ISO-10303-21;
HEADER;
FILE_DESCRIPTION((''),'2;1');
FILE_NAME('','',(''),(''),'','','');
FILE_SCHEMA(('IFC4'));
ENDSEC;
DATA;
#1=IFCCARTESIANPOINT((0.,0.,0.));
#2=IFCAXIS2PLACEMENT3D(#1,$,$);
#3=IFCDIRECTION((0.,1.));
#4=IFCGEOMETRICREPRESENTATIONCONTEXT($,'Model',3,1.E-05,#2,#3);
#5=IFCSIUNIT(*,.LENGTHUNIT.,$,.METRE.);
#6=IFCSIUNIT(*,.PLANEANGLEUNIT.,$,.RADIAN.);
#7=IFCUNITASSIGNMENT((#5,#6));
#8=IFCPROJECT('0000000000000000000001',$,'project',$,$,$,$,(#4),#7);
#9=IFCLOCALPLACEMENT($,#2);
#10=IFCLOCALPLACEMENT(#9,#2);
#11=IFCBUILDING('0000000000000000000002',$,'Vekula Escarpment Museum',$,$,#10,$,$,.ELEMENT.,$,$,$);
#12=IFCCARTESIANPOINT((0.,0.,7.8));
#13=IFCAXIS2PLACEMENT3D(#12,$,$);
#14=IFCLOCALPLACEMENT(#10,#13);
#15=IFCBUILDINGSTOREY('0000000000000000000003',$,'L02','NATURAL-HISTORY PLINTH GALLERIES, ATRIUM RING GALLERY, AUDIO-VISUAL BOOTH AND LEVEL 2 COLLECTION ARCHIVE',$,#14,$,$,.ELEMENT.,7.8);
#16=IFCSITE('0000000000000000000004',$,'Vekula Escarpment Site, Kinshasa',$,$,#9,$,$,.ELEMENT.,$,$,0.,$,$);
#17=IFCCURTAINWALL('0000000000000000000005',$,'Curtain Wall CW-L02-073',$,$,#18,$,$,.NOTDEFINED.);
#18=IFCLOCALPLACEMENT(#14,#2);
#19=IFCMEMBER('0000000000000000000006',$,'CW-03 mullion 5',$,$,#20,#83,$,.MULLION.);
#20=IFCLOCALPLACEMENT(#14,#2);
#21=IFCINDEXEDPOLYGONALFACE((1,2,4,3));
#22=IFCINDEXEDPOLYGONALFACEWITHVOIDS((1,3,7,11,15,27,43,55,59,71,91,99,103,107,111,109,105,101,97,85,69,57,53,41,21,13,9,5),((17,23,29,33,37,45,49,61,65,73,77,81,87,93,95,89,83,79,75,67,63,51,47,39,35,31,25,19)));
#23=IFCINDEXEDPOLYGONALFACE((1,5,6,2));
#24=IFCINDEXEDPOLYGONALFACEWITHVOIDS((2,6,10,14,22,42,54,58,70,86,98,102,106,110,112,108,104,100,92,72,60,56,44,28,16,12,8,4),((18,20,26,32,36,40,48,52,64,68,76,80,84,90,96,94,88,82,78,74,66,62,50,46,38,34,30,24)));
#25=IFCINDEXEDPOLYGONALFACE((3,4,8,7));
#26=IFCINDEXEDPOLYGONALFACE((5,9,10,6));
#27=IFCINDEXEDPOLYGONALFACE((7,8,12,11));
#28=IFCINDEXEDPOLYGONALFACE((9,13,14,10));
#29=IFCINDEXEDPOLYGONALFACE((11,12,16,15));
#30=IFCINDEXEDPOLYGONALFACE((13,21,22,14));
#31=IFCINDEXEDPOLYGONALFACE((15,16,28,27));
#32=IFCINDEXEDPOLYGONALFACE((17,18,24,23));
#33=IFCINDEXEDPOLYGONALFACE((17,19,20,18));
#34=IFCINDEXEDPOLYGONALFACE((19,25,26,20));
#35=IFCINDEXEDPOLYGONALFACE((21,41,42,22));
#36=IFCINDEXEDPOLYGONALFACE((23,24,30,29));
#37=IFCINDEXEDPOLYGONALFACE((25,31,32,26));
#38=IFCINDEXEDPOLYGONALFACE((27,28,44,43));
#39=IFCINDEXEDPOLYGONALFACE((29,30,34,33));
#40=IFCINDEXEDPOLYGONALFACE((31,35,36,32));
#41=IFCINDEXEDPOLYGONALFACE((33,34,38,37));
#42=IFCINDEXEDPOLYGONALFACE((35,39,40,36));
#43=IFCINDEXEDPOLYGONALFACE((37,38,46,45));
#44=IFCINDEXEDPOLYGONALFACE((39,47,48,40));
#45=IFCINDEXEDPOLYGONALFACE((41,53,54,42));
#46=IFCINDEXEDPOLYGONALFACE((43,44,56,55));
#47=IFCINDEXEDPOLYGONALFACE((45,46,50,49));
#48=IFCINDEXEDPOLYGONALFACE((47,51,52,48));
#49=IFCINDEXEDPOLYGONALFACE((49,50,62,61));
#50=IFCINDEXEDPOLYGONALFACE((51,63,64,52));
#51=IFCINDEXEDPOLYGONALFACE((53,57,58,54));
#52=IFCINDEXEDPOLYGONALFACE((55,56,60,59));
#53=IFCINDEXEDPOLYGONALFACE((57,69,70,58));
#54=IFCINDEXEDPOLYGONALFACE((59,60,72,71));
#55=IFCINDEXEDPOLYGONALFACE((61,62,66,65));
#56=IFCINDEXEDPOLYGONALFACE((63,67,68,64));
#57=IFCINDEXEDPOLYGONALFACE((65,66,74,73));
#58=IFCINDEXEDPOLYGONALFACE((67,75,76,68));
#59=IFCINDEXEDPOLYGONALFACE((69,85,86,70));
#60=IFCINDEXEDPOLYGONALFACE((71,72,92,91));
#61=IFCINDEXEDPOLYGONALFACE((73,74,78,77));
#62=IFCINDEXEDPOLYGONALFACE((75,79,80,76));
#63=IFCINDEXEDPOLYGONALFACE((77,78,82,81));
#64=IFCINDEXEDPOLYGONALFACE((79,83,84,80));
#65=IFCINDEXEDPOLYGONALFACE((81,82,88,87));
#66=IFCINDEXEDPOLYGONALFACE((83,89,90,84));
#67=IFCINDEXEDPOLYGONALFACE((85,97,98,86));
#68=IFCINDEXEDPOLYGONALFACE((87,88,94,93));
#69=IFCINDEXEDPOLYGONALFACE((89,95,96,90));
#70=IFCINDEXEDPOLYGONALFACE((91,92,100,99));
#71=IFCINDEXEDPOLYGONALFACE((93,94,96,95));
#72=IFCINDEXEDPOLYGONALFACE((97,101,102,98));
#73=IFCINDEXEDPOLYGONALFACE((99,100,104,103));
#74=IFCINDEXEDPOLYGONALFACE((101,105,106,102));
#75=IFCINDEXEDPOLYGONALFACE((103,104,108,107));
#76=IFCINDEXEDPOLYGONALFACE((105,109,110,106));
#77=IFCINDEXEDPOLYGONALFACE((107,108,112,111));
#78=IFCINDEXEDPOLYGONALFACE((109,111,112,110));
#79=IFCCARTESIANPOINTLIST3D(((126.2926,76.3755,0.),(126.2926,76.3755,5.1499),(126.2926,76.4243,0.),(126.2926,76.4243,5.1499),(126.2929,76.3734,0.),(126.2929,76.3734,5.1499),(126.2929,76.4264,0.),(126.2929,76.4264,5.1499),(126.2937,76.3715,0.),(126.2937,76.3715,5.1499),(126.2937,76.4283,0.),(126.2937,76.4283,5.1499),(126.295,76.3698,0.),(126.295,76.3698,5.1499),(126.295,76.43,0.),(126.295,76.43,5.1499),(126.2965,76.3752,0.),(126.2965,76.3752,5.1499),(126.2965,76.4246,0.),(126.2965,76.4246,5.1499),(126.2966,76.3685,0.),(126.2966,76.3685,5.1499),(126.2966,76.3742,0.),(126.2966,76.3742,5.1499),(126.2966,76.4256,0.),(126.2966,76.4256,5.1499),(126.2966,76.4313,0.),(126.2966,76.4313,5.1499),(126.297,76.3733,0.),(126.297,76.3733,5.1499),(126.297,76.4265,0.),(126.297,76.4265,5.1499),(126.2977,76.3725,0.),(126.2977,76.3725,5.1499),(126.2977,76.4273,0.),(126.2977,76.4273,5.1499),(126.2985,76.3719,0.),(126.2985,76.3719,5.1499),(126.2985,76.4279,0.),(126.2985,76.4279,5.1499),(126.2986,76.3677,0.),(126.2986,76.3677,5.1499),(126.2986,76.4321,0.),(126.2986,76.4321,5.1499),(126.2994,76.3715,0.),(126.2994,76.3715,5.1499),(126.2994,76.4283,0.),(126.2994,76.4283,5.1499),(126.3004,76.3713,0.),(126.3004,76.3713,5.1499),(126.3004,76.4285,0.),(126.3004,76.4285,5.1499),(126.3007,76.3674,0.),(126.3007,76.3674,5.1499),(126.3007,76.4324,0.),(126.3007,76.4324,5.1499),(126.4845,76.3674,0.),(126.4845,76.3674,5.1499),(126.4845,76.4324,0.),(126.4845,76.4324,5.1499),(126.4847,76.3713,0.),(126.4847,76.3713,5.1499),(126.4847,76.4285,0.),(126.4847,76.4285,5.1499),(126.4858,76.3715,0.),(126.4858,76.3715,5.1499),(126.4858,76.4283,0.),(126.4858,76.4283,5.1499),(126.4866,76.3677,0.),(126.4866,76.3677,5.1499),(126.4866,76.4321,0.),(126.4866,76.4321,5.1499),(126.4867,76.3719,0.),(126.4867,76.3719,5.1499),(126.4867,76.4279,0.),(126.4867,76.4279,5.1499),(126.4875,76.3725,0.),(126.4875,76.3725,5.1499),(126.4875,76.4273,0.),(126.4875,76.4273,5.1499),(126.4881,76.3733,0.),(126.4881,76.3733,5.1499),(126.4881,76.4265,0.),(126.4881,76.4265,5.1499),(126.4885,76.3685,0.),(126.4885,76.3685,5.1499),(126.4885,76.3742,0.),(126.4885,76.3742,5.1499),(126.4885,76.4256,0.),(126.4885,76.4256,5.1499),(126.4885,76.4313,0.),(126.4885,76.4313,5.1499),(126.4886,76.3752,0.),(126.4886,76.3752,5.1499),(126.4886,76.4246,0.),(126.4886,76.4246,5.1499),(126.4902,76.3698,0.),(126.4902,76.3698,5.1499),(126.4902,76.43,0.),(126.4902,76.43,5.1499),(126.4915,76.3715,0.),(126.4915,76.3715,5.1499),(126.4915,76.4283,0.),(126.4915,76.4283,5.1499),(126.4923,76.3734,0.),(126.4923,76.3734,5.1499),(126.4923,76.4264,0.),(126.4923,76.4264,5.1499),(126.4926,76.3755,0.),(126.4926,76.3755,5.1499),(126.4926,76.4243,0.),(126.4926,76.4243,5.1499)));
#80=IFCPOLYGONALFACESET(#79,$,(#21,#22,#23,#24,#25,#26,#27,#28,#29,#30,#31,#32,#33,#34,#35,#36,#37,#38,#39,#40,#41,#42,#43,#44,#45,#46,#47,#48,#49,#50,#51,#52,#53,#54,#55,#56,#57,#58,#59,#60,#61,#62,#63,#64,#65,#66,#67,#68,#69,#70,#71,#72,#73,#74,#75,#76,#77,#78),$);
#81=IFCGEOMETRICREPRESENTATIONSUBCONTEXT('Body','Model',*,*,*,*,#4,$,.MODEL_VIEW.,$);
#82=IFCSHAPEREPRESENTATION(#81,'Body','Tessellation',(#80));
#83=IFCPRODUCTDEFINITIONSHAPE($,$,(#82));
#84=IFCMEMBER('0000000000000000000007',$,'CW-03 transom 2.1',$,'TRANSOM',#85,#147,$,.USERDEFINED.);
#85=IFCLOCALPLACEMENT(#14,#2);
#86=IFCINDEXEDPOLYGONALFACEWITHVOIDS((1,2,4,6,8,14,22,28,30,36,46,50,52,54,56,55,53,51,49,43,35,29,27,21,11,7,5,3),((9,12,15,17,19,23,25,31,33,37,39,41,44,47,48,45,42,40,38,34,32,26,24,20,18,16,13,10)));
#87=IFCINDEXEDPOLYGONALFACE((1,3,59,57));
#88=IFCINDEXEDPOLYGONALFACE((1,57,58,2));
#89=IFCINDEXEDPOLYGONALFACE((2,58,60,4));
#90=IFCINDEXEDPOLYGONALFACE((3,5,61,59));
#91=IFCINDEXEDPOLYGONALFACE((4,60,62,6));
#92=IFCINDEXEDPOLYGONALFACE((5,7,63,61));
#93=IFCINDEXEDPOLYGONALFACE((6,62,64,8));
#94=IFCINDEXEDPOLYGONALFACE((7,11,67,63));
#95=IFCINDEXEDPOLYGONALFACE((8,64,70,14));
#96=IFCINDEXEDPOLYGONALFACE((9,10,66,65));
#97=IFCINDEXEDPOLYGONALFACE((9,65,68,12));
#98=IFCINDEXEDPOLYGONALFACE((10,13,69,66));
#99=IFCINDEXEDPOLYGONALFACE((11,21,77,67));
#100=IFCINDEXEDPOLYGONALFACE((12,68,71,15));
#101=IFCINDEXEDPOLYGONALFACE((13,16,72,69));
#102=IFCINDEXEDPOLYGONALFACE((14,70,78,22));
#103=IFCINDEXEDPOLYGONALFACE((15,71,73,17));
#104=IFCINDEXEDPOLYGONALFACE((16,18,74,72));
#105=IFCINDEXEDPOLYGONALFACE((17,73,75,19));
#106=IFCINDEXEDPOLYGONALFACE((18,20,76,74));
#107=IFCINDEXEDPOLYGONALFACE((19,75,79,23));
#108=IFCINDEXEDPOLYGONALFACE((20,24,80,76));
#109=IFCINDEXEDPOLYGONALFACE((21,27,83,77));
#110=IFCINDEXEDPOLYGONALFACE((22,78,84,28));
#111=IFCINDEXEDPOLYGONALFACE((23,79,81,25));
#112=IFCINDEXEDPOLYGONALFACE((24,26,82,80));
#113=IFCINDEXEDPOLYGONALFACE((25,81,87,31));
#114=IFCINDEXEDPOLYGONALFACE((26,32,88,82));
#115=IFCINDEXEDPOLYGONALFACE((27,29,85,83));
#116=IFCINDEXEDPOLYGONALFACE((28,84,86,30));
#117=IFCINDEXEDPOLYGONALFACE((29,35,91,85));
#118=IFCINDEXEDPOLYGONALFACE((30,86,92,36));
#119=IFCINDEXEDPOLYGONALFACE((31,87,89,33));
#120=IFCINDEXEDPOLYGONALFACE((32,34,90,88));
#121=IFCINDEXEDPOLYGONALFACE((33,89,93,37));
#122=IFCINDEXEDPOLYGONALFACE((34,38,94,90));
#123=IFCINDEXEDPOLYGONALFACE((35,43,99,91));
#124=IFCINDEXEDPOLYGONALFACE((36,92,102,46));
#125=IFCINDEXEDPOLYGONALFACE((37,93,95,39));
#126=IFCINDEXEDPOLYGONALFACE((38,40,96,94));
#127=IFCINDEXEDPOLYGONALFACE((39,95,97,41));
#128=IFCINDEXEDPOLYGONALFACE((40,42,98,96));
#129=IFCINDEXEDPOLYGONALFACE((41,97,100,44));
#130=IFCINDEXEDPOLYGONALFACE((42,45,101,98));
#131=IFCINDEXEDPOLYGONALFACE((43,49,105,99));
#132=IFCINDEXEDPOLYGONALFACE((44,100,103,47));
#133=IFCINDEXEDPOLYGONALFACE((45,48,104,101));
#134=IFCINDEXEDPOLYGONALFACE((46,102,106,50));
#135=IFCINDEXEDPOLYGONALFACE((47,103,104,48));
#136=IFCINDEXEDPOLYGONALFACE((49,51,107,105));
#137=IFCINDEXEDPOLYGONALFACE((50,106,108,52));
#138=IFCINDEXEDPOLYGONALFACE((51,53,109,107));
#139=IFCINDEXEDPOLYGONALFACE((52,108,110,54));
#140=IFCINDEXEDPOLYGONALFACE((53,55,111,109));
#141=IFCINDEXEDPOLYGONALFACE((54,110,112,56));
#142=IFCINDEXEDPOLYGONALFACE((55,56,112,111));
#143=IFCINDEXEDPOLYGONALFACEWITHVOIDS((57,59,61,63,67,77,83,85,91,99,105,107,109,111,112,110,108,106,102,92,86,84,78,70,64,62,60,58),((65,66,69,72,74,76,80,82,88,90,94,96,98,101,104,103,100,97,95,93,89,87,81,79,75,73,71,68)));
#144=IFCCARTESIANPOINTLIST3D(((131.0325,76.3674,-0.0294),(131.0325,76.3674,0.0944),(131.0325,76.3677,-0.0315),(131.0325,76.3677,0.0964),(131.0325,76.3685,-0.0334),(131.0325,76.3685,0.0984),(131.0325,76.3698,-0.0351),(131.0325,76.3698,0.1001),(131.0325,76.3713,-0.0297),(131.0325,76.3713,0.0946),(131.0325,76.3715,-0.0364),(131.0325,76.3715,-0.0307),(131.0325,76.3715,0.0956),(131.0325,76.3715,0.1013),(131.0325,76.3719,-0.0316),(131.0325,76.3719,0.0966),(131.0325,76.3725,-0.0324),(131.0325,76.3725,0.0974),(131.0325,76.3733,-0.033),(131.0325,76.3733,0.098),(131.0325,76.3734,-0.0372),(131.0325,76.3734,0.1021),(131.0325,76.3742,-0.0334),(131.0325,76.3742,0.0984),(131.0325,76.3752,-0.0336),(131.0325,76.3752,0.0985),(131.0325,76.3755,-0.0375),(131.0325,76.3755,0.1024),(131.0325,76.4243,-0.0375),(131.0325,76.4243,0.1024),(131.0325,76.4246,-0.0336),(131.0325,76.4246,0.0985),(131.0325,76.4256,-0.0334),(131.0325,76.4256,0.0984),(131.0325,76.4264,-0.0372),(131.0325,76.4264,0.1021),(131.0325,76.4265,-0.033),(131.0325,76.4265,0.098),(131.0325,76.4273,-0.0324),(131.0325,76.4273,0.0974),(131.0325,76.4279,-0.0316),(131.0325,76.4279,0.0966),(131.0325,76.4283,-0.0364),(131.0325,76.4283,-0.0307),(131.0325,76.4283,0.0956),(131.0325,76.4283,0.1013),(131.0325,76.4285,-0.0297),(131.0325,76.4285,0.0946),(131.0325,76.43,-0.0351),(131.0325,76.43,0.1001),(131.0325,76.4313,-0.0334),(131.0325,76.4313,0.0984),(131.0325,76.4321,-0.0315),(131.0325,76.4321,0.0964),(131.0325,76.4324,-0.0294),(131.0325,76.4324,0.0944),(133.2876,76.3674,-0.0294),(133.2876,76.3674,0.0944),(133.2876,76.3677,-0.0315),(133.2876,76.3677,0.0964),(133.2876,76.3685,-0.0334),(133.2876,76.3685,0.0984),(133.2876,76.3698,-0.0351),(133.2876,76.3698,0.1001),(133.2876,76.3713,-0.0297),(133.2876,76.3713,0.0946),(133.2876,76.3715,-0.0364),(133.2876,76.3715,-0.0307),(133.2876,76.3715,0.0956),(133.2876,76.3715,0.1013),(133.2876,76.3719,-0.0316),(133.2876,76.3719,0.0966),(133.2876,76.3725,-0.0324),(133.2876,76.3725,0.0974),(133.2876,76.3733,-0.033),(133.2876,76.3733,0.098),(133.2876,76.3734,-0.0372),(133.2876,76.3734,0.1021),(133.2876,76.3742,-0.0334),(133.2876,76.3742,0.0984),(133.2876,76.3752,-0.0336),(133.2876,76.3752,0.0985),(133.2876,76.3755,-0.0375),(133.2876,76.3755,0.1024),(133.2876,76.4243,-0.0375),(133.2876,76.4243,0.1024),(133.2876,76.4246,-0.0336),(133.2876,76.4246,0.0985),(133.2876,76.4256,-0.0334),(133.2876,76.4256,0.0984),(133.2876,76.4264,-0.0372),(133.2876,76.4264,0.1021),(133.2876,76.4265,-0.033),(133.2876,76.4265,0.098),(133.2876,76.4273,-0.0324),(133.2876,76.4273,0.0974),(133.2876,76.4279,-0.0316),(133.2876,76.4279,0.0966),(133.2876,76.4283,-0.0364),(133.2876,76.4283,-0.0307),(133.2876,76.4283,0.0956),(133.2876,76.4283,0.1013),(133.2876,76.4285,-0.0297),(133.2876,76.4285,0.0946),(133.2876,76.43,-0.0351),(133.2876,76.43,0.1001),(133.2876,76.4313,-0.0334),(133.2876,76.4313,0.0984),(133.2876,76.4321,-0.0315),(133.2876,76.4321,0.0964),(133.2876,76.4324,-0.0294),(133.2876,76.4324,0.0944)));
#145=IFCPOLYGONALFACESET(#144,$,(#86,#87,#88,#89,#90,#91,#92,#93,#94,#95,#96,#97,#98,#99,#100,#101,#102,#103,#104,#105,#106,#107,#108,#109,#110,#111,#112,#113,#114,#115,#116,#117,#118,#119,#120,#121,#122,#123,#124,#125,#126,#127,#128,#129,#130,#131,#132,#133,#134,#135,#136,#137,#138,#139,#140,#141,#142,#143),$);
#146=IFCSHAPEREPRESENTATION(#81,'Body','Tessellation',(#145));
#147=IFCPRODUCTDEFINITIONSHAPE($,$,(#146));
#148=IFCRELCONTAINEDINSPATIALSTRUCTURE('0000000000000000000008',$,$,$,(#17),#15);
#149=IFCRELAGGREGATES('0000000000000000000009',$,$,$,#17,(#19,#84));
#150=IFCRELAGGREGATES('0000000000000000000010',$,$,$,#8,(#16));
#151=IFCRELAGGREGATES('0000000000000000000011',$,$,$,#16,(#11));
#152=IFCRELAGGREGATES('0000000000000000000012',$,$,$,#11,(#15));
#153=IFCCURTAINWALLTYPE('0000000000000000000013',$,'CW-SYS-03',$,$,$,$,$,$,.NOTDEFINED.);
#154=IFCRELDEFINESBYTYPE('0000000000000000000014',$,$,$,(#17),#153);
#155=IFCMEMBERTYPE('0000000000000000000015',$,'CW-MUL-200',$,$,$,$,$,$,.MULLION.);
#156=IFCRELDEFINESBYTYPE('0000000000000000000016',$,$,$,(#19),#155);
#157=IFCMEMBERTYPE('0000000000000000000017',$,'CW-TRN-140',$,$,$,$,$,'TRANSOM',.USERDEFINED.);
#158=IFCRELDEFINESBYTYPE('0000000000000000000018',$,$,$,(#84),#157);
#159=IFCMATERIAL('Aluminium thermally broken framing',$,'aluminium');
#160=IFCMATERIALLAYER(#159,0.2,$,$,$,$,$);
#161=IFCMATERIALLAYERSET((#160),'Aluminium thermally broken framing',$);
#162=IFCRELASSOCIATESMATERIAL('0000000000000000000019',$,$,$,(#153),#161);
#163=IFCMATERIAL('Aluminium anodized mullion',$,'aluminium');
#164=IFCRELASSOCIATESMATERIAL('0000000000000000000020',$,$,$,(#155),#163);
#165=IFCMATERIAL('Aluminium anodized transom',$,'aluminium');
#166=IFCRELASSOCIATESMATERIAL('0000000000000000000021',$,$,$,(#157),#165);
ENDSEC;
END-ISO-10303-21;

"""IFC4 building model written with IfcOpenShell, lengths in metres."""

from ifc_helpers import new_model, si_unit, direction, frame, origin, origin_2d, place, context, subcontext, project, spatial, hollow_rectangle, extrude, material, layer, layer_set, material_profile, profile_set, type_object, element, aggregate, save


model = new_model("IFC4")

# Units and contexts
model_context = context("Model", 3, precision=1e-05, world=origin(), true_north=direction((0.0, 1.0)))
body_context = subcontext(model_context, "Body", "Model", "MODEL_VIEW")
ifc_project = project(units=[si_unit("LENGTHUNIT", "METRE"), si_unit("PLANEANGLEUNIT", "RADIAN")], contexts=[model_context])

# Site, building, storey
site_placement = place(None, origin())
site = spatial("IfcSite", under=ifc_project, at=site_placement, Name="Vekula Escarpment Site, Kinshasa", CompositionType="ELEMENT", RefElevation=0.0)
building_placement = place(site_placement, origin())
building = spatial("IfcBuilding", under=site, at=building_placement, Name="Vekula Escarpment Museum", CompositionType="ELEMENT")
storey_placement = place(building_placement, frame((0.0, 0.0, 7.8)))
storey = spatial("IfcBuildingStorey", under=building, at=storey_placement, Name="L02", Description="NATURAL-HISTORY PLINTH GALLERIES, ATRIUM RING GALLERY, AUDIO-VISUAL BOOTH AND LEVEL 2 COLLECTION ARCHIVE", CompositionType="ELEMENT", Elevation=7.8)

# Curtain wall, members
ifc_material_1 = material(Name="Aluminium thermally broken framing", Category="aluminium")
ifc_layer_1 = layer(ifc_material_1, 0.2)
ifc_layer_set_1 = layer_set([ifc_layer_1], Name="Aluminium thermally broken framing")
curtain_wall_type = type_object("IfcCurtainWallType", Name="CW-SYS-03", PredefinedType="NOTDEFINED", material=ifc_layer_set_1)
curtain_wall_placement = place(storey_placement, origin())
curtain_wall = element("IfcCurtainWall", 1, at=curtain_wall_placement, inside=storey, type_object=curtain_wall_type, Name="Curtain Wall CW-L02-073", PredefinedType="NOTDEFINED")
ifc_material_2 = material(Name="Aluminium anodized mullion", Category="aluminium")
ifc_material_profile_1 = material_profile(ifc_material_2, hollow_rectangle(XDim=0.0649, YDim=0.2, WallThickness=0.0039, InnerFilletRadius=0.0039, OuterFilletRadius=0.0081, at=origin_2d()), Name="ALU 200x65x4")
ifc_profile_set_1 = profile_set([ifc_material_profile_1], Name="Aluminium anodized mullion")
member_type_1 = type_object("IfcMemberType", Name="CW-MUL-200", PredefinedType="MULLION", material=ifc_profile_set_1)
member_1_placement = place(storey_placement, frame((126.3926, 76.3999, 0.0), z_axis=(0.0, 0.0, 1.0), x_axis=(0.0, -1.0, 0.0)))
member_1 = element("IfcMember", 2, at=member_1_placement, type_object=member_type_1, Name="CW-03 mullion 5", PredefinedType="MULLION", context=body_context, shape_type="SweptSolid", body=[
    extrude(hollow_rectangle(XDim=0.0649, YDim=0.2, WallThickness=0.0039, InnerFilletRadius=0.0039, OuterFilletRadius=0.0081, at=origin_2d()), origin(), (0.0, 0.0, 1.0), 5.1499),
])
ifc_material_3 = material(Name="Aluminium anodized transom", Category="aluminium")
ifc_material_profile_2 = material_profile(ifc_material_3, hollow_rectangle(XDim=0.0649, YDim=0.1399, WallThickness=0.0039, InnerFilletRadius=0.0039, OuterFilletRadius=0.0081, at=origin_2d()), Name="ALU 140x65x4")
ifc_profile_set_2 = profile_set([ifc_material_profile_2], Name="Aluminium anodized transom")
member_type_2 = type_object("IfcMemberType", Name="CW-TRN-140", ElementType="TRANSOM", PredefinedType="USERDEFINED", material=ifc_profile_set_2)
member_2_placement = place(storey_placement, frame((133.2876, 76.3999, 0.0325), z_axis=(-1.0, 0.0, 0.0), x_axis=(0.0, -1.0, 0.0)))
member_2 = element("IfcMember", 3, at=member_2_placement, type_object=member_type_2, Name="CW-03 transom 2.1", ObjectType="TRANSOM", PredefinedType="USERDEFINED", context=body_context, shape_type="SweptSolid", body=[
    extrude(hollow_rectangle(XDim=0.0649, YDim=0.1399, WallThickness=0.0039, InnerFilletRadius=0.0039, OuterFilletRadius=0.0081, at=origin_2d()), origin(), (0.0, 0.0, 1.0), 2.2551),
])
aggregate(curtain_wall, [member_1, member_2])

save(model, "model.ifc")
